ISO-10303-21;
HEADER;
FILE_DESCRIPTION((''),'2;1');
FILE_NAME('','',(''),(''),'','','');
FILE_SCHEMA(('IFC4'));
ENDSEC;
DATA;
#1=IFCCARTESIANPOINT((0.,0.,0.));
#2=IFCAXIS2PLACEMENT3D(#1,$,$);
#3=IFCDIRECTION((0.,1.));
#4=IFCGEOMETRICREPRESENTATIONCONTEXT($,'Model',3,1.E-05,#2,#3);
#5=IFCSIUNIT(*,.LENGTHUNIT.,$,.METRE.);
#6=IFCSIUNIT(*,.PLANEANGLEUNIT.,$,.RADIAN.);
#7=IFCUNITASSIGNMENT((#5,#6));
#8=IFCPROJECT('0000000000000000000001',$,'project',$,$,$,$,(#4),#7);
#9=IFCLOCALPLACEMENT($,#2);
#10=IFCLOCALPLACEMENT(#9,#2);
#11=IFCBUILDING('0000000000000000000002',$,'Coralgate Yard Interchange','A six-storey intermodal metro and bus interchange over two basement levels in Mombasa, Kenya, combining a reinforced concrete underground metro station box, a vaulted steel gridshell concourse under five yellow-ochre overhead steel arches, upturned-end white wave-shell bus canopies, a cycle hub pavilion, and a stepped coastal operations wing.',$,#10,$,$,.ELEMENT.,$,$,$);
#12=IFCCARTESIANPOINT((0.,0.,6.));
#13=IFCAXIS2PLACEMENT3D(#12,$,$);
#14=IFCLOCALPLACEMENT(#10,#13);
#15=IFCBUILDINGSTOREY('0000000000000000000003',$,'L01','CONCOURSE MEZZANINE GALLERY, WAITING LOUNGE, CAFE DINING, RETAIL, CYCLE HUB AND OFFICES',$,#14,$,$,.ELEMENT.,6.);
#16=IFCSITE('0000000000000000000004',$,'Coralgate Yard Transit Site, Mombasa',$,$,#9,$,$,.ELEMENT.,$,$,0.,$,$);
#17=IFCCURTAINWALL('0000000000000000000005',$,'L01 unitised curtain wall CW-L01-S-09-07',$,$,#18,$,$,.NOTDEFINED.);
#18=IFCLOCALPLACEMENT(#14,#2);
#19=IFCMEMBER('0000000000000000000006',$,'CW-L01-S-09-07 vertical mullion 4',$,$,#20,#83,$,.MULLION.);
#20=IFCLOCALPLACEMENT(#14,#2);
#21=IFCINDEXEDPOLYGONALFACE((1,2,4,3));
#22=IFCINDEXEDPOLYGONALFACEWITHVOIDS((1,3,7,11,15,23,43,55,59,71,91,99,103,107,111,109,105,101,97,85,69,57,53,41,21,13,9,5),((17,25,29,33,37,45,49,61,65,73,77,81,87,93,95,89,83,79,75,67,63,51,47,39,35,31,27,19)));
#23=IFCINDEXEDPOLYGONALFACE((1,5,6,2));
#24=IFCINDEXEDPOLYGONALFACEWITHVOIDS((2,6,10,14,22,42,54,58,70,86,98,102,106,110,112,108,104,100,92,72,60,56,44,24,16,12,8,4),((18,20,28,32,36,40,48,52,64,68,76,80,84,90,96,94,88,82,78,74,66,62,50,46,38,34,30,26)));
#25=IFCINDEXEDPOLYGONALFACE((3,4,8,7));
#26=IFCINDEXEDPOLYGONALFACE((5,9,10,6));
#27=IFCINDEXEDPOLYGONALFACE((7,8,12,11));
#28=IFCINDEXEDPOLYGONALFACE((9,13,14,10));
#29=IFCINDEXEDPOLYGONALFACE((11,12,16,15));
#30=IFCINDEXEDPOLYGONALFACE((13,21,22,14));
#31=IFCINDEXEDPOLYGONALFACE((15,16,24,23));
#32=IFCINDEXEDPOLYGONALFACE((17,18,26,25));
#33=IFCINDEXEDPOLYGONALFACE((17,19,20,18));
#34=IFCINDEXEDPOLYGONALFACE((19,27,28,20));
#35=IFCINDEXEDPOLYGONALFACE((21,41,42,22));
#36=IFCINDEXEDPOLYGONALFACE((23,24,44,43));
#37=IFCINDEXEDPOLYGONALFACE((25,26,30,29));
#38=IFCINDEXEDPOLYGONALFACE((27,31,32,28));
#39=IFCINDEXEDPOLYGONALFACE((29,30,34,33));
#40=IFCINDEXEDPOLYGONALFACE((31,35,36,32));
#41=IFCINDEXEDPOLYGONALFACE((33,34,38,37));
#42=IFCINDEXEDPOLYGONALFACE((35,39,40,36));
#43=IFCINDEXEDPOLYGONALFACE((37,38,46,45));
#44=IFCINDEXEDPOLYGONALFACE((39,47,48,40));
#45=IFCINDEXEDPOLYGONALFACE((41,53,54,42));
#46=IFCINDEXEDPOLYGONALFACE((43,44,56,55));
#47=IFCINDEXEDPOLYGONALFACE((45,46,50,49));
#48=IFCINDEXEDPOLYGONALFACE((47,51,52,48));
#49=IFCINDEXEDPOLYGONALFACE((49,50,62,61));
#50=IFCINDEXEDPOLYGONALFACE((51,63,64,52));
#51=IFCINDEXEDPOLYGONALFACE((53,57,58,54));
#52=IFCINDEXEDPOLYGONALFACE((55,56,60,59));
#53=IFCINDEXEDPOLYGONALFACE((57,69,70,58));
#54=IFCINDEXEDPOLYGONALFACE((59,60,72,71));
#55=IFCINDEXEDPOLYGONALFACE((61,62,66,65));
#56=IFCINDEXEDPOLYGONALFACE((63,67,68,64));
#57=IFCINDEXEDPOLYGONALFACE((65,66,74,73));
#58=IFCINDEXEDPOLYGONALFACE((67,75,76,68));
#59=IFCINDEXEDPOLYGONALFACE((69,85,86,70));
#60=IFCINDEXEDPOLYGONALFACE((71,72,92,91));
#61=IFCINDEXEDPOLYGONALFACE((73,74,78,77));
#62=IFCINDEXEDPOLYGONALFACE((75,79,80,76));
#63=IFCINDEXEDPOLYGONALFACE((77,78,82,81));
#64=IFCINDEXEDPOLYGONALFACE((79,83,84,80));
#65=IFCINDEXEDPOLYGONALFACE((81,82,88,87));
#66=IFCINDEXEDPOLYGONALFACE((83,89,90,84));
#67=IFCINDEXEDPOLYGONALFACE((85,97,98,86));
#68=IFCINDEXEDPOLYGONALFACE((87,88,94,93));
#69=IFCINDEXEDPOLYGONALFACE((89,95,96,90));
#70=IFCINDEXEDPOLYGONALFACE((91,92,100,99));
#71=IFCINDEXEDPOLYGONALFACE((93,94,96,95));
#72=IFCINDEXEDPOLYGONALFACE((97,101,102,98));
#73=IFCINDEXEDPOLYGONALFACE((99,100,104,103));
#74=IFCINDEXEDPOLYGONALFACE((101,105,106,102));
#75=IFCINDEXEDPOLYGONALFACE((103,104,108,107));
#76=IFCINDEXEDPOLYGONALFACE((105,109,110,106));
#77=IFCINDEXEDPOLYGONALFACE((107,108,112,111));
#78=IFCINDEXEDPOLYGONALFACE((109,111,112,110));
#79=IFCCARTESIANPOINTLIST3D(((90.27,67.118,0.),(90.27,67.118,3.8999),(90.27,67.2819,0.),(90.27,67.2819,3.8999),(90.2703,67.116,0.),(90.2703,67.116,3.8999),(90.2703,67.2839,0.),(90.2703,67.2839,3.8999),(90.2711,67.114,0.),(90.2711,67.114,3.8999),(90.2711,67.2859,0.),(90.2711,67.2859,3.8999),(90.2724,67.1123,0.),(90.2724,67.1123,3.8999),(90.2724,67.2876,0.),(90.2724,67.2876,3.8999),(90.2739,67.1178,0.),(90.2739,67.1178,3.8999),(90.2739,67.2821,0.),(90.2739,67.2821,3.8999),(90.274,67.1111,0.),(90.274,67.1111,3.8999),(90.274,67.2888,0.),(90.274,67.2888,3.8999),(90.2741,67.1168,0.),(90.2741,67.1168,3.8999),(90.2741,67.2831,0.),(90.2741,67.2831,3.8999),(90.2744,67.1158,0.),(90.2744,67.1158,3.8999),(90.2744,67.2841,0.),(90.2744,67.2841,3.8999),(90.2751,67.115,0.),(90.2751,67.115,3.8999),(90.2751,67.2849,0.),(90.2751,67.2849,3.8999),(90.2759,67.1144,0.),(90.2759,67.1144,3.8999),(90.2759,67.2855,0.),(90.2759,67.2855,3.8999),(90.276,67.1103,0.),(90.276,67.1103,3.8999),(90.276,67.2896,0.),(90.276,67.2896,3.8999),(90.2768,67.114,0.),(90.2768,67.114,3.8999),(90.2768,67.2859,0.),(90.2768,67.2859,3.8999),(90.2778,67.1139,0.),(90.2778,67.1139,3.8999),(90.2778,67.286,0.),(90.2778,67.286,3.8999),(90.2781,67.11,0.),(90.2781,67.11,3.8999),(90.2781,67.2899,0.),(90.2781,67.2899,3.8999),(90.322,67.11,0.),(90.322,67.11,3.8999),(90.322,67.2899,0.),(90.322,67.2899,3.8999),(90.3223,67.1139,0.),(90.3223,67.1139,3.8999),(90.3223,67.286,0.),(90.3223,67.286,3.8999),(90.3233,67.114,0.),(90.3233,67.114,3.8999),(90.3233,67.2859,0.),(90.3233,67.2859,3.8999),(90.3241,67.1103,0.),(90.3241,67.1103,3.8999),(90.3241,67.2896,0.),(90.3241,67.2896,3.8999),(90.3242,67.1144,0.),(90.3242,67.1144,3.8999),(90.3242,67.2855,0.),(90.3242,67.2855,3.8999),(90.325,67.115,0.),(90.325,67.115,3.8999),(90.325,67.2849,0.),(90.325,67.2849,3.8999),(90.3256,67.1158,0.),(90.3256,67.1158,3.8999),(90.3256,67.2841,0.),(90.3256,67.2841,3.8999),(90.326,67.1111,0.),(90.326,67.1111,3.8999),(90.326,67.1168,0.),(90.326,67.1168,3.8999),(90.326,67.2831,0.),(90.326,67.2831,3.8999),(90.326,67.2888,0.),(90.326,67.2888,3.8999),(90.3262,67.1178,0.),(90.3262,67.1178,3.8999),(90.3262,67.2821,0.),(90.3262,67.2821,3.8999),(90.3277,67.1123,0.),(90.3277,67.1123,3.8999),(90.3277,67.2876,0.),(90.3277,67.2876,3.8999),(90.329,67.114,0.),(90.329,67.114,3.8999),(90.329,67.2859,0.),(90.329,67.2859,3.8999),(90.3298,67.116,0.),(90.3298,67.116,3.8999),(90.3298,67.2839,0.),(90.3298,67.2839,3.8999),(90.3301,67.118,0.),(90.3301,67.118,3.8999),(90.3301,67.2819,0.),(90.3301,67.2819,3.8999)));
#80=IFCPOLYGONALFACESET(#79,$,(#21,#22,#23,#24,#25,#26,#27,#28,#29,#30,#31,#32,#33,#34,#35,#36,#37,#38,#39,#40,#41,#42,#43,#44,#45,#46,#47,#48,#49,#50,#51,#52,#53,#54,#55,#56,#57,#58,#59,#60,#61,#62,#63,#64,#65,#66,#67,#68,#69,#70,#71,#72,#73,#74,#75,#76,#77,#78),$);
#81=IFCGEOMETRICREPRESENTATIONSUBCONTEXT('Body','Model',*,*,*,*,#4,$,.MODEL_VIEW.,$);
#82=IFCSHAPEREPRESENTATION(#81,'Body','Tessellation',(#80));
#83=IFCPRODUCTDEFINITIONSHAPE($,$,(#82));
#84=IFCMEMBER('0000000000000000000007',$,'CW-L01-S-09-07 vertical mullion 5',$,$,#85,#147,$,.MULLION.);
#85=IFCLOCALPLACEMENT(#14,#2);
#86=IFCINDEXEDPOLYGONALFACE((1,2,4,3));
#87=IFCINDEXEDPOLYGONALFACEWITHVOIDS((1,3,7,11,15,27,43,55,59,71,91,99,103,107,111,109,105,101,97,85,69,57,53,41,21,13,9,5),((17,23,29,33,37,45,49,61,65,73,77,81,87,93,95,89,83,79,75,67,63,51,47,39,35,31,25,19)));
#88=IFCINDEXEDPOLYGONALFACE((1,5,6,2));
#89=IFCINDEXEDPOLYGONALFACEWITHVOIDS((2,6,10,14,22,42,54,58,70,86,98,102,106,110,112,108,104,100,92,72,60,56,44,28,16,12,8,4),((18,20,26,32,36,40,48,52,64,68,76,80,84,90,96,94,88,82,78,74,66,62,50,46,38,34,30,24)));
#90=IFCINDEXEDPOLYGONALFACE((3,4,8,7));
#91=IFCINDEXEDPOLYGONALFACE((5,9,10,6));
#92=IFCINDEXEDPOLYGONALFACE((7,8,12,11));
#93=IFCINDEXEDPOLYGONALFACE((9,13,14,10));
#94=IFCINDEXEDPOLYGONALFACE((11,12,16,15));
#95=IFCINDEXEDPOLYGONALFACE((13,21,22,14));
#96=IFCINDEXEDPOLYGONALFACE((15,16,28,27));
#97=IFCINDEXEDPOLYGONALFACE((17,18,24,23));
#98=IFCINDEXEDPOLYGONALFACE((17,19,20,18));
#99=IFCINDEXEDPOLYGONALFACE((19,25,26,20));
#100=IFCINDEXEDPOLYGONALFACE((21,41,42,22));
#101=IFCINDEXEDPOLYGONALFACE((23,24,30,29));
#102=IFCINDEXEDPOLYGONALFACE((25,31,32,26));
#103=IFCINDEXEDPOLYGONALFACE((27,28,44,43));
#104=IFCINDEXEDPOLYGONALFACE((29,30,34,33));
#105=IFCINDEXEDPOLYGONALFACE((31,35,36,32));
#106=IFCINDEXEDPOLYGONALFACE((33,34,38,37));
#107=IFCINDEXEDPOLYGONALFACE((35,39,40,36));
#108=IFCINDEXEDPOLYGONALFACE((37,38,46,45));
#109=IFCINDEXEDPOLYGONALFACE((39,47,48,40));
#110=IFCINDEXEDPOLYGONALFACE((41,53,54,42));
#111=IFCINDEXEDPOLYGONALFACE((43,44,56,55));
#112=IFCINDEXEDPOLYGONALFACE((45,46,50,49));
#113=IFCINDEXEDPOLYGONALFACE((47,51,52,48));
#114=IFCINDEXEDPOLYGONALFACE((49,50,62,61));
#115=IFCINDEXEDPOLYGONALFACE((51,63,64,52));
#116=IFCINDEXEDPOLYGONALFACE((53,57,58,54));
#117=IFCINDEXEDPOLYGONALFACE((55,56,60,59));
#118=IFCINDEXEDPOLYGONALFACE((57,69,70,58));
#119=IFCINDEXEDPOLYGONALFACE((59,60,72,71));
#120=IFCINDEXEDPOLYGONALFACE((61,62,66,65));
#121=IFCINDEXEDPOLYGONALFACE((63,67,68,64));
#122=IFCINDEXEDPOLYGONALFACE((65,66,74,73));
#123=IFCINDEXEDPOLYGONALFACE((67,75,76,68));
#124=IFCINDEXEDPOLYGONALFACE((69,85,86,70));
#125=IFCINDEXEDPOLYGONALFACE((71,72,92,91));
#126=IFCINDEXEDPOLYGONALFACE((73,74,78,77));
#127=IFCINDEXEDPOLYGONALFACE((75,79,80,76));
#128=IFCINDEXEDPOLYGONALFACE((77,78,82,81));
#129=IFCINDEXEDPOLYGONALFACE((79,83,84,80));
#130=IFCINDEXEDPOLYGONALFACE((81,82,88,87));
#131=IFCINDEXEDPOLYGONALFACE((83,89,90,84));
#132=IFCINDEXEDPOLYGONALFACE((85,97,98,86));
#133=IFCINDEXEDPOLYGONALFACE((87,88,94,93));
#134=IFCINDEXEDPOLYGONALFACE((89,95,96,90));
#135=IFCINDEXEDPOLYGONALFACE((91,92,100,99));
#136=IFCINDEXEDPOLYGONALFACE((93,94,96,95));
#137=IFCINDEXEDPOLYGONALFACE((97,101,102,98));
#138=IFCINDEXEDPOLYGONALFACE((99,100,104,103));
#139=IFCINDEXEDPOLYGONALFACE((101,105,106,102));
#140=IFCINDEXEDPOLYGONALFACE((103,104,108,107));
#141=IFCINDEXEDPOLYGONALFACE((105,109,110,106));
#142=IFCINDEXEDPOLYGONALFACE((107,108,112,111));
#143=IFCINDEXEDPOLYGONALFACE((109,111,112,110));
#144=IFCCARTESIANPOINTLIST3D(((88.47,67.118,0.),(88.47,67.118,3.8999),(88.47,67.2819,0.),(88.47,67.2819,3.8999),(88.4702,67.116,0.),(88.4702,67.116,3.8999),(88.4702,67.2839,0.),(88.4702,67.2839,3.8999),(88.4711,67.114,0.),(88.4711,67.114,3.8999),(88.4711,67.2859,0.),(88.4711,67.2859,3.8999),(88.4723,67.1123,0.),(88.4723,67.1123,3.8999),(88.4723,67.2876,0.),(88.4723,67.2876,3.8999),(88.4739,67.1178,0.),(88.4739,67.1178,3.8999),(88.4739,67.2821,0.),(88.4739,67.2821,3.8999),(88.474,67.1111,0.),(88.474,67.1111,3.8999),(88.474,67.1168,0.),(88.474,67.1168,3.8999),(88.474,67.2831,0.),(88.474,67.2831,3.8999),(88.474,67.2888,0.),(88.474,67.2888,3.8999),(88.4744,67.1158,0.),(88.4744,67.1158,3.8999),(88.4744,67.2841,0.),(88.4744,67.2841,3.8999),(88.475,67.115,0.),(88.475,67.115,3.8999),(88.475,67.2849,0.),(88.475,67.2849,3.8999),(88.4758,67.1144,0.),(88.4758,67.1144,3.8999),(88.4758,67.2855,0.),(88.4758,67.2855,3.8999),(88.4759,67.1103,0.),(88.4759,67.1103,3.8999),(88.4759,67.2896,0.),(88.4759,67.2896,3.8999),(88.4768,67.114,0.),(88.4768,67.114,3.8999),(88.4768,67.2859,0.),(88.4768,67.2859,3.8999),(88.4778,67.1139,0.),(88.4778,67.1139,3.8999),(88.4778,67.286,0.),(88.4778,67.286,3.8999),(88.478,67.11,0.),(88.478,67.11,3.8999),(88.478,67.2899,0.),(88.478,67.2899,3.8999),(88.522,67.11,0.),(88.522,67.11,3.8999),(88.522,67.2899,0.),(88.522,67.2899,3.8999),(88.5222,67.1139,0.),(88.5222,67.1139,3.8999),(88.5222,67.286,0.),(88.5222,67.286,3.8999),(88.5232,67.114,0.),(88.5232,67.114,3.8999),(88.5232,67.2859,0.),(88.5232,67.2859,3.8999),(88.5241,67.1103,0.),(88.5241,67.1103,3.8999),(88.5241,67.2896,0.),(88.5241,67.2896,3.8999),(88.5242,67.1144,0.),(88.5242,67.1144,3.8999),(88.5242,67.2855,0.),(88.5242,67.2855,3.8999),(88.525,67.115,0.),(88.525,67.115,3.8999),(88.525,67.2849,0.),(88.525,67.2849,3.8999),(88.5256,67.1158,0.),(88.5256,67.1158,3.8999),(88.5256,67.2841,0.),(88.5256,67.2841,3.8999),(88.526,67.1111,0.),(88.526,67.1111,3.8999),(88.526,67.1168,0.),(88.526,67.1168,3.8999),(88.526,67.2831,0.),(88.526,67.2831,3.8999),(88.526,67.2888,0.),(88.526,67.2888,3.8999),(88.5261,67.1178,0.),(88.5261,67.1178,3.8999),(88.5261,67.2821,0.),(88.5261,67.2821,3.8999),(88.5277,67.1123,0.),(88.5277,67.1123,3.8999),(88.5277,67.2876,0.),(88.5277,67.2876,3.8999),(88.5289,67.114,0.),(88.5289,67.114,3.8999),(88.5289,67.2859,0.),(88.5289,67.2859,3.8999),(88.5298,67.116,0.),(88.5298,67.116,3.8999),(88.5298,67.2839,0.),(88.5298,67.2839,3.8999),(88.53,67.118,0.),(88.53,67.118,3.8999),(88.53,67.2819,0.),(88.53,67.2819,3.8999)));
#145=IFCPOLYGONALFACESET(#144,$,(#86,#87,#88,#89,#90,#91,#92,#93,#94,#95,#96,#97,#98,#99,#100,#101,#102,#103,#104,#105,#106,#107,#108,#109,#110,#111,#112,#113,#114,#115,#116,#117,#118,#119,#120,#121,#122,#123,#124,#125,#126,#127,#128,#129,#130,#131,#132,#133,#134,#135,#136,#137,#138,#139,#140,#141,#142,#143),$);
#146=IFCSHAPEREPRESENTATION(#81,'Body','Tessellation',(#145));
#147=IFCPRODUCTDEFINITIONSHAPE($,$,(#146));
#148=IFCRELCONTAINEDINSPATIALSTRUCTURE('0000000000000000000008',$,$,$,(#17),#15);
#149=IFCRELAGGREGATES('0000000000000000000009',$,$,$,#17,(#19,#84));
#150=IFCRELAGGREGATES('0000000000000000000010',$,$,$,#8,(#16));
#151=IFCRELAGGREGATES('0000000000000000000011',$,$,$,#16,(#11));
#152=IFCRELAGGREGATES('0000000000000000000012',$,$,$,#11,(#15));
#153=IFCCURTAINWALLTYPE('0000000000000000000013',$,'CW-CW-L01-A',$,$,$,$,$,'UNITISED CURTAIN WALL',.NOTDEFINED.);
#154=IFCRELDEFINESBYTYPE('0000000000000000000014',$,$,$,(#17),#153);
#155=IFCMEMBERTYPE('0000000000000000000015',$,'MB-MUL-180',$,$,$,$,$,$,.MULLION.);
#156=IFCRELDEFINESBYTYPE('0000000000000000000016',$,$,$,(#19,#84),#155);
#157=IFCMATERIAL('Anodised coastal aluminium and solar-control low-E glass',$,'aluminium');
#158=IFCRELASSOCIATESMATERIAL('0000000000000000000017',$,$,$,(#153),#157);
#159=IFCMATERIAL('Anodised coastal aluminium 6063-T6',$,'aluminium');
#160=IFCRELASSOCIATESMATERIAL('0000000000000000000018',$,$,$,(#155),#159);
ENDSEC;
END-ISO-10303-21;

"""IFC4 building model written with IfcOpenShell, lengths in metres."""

from ifc_helpers import new_model, si_unit, direction, frame, origin, origin_2d, place, context, subcontext, project, spatial, hollow_rectangle, extrude, material, material_profile, profile_set, type_object, element, aggregate, save


model = new_model("IFC4")

# Units and contexts
model_context = context("Model", 3, precision=1e-05, world=origin(), true_north=direction((0.0, 1.0)))
body_context = subcontext(model_context, "Body", "Model", "MODEL_VIEW")
ifc_project = project(units=[si_unit("LENGTHUNIT", "METRE"), si_unit("PLANEANGLEUNIT", "RADIAN")], contexts=[model_context])

# Site, building, storey
site_placement = place(None, origin())
site = spatial("IfcSite", under=ifc_project, at=site_placement, Name="Coralgate Yard Transit Site, Mombasa", CompositionType="ELEMENT", RefElevation=0.0)
building_placement = place(site_placement, origin())
building = spatial("IfcBuilding", under=site, at=building_placement, Name="Coralgate Yard Interchange", Description="A six-storey intermodal metro and bus interchange over two basement levels in Mombasa, Kenya, combining a reinforced concrete underground metro station box, a vaulted steel gridshell concourse under five yellow-ochre overhead steel arches, upturned-end white wave-shell bus canopies, a cycle hub pavilion, and a stepped coastal operations wing.", CompositionType="ELEMENT")
storey_placement = place(building_placement, frame((0.0, 0.0, 6.0)))
storey = spatial("IfcBuildingStorey", under=building, at=storey_placement, Name="L01", Description="CONCOURSE MEZZANINE GALLERY, WAITING LOUNGE, CAFE DINING, RETAIL, CYCLE HUB AND OFFICES", CompositionType="ELEMENT", Elevation=6.0)

# Curtain wall, members
ifc_material_1 = material(Name="Anodised coastal aluminium and solar-control low-E glass", Category="aluminium")
curtain_wall_type = type_object("IfcCurtainWallType", Name="CW-CW-L01-A", ElementType="UNITISED CURTAIN WALL", PredefinedType="NOTDEFINED", material=ifc_material_1)
curtain_wall_placement = place(storey_placement, origin())
curtain_wall = element("IfcCurtainWall", 1, at=curtain_wall_placement, inside=storey, type_object=curtain_wall_type, Name="L01 unitised curtain wall CW-L01-S-09-07", PredefinedType="NOTDEFINED")
ifc_material_2 = material(Name="Anodised coastal aluminium 6063-T6", Category="aluminium")
ifc_material_profile_1 = material_profile(ifc_material_2, hollow_rectangle(XDim=0.0601, YDim=0.1799, WallThickness=0.0039, InnerFilletRadius=0.0039, OuterFilletRadius=0.0081, at=origin_2d()), Name="ALU 60x180x4")
ifc_profile_set_1 = profile_set([ifc_material_profile_1], Name="Anodised coastal aluminium 6063-T6")
member_type_1 = type_object("IfcMemberType", Name="MB-MUL-180", PredefinedType="MULLION", material=ifc_profile_set_1)
member_1_placement = place(storey_placement, frame((90.3, 67.2, 0.0), z_axis=(0.0, 0.0, 1.0), x_axis=(1.0, 0.0, 0.0)))
member_1 = element("IfcMember", 2, at=member_1_placement, type_object=member_type_1, Name="CW-L01-S-09-07 vertical mullion 4", PredefinedType="MULLION", context=body_context, shape_type="SweptSolid", body=[
    extrude(hollow_rectangle(XDim=0.0601, YDim=0.1799, WallThickness=0.0039, InnerFilletRadius=0.0039, OuterFilletRadius=0.0081, at=origin_2d()), origin(), (0.0, 0.0, 1.0), 3.8999),
])
member_2_placement = place(storey_placement, frame((88.5, 67.2, 0.0), z_axis=(0.0, 0.0, 1.0), x_axis=(1.0, 0.0, 0.0)))
member_2 = element("IfcMember", 3, at=member_2_placement, type_object=member_type_1, Name="CW-L01-S-09-07 vertical mullion 5", PredefinedType="MULLION", context=body_context, shape_type="SweptSolid", body=[
    extrude(hollow_rectangle(XDim=0.0601, YDim=0.1799, WallThickness=0.0039, InnerFilletRadius=0.0039, OuterFilletRadius=0.0081, at=origin_2d()), origin(), (0.0, 0.0, 1.0), 3.8999),
])
aggregate(curtain_wall, [member_1, member_2])

save(model, "model.ifc")
